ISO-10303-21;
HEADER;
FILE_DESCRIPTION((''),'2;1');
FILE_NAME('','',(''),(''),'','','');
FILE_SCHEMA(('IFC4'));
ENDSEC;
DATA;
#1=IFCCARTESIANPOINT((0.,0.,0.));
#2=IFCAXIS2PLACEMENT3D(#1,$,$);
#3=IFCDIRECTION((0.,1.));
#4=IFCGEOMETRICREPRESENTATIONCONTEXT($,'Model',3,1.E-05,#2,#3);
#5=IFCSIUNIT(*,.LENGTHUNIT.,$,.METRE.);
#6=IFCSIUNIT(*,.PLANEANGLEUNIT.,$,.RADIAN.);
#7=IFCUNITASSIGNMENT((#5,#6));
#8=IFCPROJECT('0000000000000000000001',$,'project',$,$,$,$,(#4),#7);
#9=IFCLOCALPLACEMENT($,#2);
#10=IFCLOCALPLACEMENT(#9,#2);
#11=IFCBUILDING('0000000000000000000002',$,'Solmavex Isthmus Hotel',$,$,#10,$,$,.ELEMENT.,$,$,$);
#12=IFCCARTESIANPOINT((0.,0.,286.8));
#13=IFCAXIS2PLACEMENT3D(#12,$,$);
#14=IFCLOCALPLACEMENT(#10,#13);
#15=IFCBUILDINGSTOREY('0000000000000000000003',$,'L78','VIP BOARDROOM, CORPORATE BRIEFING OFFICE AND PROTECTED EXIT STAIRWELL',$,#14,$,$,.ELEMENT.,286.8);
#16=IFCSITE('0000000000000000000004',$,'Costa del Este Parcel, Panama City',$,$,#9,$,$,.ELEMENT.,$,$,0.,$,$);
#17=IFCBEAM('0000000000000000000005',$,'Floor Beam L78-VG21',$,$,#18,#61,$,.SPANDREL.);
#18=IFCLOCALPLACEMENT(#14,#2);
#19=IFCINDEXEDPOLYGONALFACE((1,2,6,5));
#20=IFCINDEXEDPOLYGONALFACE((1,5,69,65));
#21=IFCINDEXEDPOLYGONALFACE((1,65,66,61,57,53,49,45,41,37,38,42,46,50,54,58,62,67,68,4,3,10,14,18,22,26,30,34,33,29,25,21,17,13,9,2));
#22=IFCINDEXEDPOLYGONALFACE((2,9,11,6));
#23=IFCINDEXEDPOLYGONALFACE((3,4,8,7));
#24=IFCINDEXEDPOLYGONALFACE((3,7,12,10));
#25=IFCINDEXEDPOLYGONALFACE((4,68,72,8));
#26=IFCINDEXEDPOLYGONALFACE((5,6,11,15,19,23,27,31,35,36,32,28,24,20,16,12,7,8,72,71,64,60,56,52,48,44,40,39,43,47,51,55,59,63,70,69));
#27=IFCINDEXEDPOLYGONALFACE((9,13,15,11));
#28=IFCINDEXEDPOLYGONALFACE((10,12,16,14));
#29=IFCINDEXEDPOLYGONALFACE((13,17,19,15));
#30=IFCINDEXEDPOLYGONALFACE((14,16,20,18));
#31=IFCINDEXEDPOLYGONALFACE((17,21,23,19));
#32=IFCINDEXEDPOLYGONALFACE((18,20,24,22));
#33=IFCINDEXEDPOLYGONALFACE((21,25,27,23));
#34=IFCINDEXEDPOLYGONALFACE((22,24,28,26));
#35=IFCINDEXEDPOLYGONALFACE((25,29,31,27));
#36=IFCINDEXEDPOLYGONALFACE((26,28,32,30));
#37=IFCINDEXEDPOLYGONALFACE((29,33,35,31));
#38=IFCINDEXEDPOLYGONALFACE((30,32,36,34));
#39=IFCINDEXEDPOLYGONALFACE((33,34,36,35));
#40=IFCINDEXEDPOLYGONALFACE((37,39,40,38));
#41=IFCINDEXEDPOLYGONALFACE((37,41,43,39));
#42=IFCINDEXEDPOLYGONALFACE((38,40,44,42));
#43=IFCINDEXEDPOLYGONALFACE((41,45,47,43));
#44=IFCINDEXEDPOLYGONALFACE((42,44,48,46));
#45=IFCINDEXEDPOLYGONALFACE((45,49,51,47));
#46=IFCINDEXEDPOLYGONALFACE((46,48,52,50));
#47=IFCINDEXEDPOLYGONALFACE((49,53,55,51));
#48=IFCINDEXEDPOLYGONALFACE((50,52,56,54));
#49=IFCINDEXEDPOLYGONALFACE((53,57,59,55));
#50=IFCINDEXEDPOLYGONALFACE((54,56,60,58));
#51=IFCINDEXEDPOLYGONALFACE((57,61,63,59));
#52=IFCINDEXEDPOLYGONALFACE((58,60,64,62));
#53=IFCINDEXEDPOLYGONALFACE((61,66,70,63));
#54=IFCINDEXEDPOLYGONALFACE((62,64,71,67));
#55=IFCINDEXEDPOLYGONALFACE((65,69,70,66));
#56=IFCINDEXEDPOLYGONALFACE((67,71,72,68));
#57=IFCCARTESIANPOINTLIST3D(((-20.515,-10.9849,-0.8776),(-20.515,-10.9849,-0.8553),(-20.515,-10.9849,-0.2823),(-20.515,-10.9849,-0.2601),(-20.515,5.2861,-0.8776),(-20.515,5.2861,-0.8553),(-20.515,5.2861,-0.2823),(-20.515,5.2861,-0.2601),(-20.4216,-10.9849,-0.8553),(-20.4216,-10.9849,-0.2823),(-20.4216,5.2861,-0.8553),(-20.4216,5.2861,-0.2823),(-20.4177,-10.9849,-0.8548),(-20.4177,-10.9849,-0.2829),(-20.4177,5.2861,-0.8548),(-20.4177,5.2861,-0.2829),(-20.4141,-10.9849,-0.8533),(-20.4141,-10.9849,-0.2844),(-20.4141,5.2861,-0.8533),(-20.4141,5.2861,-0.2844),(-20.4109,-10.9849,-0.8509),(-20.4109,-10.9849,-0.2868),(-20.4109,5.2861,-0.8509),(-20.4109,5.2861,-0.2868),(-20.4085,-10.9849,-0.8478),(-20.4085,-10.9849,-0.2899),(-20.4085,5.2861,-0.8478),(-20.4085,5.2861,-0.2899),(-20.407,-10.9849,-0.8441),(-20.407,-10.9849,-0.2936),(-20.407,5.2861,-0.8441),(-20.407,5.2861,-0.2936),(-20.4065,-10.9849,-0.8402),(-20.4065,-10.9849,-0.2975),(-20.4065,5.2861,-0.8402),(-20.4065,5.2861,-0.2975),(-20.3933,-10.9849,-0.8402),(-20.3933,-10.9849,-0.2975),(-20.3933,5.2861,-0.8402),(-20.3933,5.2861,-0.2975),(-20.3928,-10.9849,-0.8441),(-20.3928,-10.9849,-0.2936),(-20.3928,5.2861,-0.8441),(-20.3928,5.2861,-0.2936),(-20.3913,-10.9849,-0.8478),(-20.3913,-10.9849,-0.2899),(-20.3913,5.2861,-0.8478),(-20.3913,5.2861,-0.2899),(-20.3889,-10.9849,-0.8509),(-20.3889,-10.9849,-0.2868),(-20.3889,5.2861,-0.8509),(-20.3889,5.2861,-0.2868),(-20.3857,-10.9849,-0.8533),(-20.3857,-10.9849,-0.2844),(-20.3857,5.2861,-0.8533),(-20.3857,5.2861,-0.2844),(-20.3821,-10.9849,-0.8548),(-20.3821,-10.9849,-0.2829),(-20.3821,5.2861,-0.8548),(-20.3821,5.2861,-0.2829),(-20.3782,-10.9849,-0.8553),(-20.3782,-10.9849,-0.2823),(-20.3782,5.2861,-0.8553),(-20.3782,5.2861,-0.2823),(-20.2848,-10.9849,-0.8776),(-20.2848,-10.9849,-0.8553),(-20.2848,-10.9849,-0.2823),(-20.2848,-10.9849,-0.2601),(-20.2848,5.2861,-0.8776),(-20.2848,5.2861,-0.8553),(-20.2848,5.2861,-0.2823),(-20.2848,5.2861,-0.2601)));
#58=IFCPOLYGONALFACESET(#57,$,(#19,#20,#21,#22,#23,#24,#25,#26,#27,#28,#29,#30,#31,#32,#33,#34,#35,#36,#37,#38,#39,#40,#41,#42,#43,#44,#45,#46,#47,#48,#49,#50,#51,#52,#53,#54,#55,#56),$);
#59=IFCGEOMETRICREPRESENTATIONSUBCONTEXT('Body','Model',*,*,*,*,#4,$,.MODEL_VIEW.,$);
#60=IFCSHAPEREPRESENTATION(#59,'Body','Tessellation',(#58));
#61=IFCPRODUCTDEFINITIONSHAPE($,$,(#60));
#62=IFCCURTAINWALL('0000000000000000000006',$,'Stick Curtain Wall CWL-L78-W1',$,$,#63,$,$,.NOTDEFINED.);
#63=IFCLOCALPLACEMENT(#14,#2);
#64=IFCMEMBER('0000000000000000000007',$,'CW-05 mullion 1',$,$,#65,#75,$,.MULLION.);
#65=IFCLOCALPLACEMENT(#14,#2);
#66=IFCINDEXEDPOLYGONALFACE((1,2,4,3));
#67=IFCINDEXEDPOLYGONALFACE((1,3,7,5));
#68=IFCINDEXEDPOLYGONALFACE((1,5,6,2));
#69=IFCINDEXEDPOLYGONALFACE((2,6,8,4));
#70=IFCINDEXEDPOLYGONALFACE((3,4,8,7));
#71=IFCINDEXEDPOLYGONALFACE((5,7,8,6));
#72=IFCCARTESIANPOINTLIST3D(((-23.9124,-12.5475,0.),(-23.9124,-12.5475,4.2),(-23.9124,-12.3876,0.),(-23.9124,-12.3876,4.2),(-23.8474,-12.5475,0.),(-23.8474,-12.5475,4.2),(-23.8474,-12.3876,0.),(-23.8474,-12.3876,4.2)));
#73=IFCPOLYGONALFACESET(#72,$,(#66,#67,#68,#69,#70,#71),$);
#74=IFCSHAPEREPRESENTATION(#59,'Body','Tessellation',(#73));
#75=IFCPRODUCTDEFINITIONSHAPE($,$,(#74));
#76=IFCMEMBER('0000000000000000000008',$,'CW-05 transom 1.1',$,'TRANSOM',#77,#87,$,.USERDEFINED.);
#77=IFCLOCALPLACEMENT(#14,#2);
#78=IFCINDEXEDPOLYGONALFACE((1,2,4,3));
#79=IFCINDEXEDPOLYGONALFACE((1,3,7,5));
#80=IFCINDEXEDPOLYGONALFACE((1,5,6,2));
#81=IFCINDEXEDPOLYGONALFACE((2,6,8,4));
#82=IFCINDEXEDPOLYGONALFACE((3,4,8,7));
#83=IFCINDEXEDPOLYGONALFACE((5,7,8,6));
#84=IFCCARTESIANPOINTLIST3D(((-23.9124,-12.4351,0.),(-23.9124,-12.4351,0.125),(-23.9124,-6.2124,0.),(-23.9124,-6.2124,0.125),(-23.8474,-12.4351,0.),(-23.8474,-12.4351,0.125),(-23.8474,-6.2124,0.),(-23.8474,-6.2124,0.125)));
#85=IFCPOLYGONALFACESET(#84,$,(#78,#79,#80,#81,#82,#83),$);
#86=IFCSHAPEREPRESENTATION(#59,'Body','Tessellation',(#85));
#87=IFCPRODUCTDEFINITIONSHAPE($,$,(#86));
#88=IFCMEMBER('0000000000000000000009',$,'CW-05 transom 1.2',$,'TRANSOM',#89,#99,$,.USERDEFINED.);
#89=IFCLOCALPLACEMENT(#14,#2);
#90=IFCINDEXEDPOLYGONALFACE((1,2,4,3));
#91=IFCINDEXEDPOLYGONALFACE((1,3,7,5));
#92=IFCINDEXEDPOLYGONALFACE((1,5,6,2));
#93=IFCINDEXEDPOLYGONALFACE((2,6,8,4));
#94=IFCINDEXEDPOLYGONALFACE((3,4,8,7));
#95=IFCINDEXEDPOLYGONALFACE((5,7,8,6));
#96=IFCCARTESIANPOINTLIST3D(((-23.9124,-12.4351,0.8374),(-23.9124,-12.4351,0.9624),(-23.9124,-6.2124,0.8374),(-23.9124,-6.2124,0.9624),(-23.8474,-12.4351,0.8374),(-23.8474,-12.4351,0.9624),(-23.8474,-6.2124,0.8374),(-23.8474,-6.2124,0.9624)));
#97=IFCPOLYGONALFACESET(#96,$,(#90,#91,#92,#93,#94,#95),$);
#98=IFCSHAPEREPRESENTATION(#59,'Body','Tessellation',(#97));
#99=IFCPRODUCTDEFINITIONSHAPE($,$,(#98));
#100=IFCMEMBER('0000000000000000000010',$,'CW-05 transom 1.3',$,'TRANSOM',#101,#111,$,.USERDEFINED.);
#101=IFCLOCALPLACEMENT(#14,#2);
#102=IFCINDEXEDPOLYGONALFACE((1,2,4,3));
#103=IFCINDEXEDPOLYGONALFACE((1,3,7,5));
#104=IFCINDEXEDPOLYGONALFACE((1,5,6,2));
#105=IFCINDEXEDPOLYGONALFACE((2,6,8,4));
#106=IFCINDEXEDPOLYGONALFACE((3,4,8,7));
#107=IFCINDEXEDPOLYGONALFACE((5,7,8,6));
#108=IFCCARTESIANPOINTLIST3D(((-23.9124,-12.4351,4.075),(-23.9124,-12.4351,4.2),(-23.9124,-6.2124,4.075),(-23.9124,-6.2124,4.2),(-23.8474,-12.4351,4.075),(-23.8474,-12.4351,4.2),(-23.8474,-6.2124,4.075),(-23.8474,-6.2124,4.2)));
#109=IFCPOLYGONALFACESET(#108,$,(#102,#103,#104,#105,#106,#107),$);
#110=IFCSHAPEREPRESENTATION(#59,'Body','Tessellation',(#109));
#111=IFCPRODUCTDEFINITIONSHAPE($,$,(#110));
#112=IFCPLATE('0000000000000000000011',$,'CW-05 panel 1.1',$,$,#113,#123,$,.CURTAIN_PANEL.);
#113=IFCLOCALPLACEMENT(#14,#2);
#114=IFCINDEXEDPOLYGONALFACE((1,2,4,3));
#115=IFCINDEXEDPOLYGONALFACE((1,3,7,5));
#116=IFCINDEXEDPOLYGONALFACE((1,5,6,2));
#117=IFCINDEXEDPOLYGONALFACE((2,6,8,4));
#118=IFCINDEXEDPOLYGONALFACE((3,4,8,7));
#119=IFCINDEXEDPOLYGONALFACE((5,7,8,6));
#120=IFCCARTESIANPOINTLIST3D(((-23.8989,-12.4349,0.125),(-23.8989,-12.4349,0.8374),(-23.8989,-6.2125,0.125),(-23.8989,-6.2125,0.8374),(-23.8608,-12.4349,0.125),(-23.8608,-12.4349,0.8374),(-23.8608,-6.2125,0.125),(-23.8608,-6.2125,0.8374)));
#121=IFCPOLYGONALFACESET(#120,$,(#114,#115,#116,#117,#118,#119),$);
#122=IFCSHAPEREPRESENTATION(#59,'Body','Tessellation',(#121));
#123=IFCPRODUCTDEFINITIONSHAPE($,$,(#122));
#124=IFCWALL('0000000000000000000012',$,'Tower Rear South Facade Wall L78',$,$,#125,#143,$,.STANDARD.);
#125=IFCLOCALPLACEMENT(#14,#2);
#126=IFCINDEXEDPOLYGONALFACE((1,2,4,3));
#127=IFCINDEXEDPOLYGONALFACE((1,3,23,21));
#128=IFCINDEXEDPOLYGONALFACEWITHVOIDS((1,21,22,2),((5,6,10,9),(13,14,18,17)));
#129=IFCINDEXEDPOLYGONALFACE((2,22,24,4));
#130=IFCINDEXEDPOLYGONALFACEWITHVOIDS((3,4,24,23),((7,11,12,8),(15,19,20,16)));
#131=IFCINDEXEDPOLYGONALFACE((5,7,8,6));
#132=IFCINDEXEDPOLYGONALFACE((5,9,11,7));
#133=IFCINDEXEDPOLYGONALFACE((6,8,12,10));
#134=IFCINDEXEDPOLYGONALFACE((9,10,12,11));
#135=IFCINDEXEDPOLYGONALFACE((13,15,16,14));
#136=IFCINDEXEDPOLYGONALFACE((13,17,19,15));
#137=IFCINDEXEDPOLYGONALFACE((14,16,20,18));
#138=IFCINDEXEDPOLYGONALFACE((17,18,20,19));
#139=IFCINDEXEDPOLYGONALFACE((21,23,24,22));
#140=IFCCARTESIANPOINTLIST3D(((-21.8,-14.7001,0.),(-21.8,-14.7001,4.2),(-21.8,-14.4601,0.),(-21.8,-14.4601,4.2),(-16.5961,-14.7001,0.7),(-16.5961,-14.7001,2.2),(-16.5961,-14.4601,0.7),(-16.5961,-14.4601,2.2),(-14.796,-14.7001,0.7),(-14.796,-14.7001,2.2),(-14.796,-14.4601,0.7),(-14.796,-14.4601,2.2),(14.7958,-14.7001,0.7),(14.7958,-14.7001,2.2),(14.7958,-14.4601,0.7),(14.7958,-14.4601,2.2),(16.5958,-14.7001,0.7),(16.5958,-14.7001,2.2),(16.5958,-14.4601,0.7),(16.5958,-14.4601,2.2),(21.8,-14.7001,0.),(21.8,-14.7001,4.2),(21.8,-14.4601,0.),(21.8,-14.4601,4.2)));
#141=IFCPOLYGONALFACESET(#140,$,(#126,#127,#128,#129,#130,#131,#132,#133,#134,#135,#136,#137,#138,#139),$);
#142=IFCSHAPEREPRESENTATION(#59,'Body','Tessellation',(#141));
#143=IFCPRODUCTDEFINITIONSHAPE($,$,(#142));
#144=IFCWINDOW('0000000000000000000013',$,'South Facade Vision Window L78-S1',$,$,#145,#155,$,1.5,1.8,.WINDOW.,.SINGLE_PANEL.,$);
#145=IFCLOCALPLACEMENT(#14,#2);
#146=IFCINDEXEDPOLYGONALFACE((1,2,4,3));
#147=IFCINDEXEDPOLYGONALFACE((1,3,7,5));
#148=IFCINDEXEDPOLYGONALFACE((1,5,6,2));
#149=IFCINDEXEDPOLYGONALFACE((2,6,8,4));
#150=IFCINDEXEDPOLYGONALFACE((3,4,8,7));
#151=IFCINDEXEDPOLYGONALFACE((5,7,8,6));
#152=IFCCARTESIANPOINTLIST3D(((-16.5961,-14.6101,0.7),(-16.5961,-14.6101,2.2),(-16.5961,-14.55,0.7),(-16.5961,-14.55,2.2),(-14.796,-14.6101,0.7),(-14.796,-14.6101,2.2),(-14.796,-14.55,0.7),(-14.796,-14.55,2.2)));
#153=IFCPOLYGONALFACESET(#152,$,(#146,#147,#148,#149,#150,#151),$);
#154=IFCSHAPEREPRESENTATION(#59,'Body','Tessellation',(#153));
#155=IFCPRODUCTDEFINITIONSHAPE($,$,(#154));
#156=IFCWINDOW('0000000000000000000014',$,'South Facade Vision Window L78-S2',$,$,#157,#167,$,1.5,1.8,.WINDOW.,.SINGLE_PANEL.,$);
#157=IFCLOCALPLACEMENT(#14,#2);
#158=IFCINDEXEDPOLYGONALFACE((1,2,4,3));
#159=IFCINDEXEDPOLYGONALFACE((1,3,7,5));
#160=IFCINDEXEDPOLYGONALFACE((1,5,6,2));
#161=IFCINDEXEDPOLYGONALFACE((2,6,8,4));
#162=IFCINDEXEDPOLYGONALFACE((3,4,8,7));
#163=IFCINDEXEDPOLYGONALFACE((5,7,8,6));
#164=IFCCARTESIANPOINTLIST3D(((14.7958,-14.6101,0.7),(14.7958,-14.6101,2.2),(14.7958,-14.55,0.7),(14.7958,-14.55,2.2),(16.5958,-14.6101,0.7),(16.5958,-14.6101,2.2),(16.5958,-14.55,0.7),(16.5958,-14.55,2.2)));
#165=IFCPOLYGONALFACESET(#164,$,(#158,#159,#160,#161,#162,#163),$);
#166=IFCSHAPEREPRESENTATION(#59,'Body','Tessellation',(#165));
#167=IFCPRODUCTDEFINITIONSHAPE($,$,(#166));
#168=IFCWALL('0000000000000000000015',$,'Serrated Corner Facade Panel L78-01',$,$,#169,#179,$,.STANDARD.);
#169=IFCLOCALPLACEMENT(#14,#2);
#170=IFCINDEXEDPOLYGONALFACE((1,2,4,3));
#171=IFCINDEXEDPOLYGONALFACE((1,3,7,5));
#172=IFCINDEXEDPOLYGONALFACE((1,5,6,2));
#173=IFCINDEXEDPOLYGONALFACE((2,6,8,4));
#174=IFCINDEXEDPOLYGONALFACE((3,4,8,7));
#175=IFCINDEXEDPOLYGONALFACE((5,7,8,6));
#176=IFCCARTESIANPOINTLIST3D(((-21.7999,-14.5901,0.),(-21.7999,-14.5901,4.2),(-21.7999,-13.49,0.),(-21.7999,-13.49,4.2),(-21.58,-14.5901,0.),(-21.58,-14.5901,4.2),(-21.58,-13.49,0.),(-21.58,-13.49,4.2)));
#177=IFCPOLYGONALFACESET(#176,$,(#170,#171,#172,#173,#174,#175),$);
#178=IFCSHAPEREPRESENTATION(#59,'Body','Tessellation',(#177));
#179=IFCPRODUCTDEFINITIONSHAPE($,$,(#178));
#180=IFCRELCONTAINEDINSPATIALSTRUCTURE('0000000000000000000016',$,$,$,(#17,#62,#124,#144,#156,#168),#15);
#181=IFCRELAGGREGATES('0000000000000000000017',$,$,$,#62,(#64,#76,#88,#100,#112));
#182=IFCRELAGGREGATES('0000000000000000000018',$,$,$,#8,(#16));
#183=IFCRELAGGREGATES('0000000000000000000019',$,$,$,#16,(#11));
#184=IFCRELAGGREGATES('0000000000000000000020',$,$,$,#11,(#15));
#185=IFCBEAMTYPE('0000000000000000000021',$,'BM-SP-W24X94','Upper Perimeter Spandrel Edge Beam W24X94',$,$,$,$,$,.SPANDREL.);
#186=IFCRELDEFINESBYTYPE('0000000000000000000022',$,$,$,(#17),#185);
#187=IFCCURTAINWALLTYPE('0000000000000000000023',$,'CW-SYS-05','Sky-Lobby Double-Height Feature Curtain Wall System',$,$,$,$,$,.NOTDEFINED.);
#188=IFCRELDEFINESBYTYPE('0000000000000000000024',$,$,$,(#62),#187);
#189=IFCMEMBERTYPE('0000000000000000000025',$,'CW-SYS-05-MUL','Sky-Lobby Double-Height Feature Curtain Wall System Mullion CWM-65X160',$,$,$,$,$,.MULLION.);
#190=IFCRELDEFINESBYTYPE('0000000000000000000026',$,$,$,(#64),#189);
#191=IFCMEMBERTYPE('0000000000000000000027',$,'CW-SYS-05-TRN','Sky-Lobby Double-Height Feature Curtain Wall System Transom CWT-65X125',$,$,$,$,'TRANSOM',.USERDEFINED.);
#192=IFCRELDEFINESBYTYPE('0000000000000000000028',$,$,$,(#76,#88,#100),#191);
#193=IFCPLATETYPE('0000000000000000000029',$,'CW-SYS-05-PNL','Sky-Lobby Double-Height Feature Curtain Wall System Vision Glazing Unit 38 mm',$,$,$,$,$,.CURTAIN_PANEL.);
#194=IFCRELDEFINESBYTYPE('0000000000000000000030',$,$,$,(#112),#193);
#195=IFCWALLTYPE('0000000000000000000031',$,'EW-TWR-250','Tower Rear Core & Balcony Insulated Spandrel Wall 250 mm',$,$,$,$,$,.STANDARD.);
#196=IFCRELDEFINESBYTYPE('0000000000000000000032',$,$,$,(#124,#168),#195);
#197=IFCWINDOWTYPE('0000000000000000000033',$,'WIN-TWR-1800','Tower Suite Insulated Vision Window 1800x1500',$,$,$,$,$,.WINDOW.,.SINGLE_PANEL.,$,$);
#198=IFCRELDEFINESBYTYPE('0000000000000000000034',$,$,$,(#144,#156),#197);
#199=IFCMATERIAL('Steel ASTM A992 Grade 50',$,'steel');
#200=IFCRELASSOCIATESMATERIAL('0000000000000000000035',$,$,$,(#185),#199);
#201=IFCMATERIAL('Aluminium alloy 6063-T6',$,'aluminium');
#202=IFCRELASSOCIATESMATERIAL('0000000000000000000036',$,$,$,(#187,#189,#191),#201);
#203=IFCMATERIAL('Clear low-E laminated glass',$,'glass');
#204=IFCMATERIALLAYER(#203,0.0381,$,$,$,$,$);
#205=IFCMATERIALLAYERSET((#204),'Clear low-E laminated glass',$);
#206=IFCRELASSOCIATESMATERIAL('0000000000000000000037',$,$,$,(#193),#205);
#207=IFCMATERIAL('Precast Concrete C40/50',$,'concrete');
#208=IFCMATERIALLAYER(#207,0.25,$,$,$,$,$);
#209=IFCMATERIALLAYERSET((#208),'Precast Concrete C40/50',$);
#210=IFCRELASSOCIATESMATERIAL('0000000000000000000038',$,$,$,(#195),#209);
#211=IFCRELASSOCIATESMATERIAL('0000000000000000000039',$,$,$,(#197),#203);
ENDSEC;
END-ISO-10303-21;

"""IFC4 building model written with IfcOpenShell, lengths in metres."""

from ifc_helpers import new_model, si_unit, direction, frame, frame_2d, origin, origin_2d, place, context, subcontext, project, spatial, rectangle, i_section, extrude, material, layer, layer_set, material_profile, profile_set, type_object, element, fill, aggregate, save


model = new_model("IFC4")

# Units and contexts
model_context = context("Model", 3, precision=1e-05, world=origin(), true_north=direction((0.0, 1.0)))
body_context = subcontext(model_context, "Body", "Model", "MODEL_VIEW")
ifc_project = project(units=[si_unit("LENGTHUNIT", "METRE"), si_unit("PLANEANGLEUNIT", "RADIAN")], contexts=[model_context])

# Site, building, storey
site_placement = place(None, origin())
site = spatial("IfcSite", under=ifc_project, at=site_placement, Name="Costa del Este Parcel, Panama City", CompositionType="ELEMENT", RefElevation=0.0)
building_placement = place(site_placement, origin())
building = spatial("IfcBuilding", under=site, at=building_placement, Name="Solmavex Isthmus Hotel", CompositionType="ELEMENT")
storey_placement = place(building_placement, frame((0.0, 0.0, 286.8)))
storey = spatial("IfcBuildingStorey", under=building, at=storey_placement, Name="L78", Description="VIP BOARDROOM, CORPORATE BRIEFING OFFICE AND PROTECTED EXIT STAIRWELL", CompositionType="ELEMENT", Elevation=286.8)

# Beam
ifc_material_1 = material(Name="Steel ASTM A992 Grade 50", Category="steel")
ifc_material_profile_1 = material_profile(ifc_material_1, i_section(OverallWidth=0.2302, OverallDepth=0.6174, WebThickness=0.0132, FlangeThickness=0.0222, FilletRadius=0.0151, at=origin_2d()), Name="W24X94")
ifc_profile_set_1 = profile_set([ifc_material_profile_1], Name="Steel ASTM A992 Grade 50")
beam_type_1 = type_object("IfcBeamType", Name="BM-SP-W24X94", Description="Upper Perimeter Spandrel Edge Beam W24X94", PredefinedType="SPANDREL", material=ifc_profile_set_1)
beam_1_placement = place(storey_placement, frame((-20.3999, -10.9849, -0.5688), z_axis=(0.0, 1.0, 0.0), x_axis=(-1.0, 0.0, 0.0)))
element("IfcBeam", 1, at=beam_1_placement, inside=storey, type_object=beam_type_1, Name="Floor Beam L78-VG21", PredefinedType="SPANDREL", context=body_context, shape_type="SweptSolid", body=[
    extrude(i_section(OverallWidth=0.2302, OverallDepth=0.6174, WebThickness=0.0132, FlangeThickness=0.0222, FilletRadius=0.0151, at=origin_2d()), origin(), (0.0, 0.0, 1.0), 16.271),
])

# Curtain wall, members, plate
ifc_material_2 = material(Name="Aluminium alloy 6063-T6", Category="aluminium")
curtain_wall_type = type_object("IfcCurtainWallType", Name="CW-SYS-05", Description="Sky-Lobby Double-Height Feature Curtain Wall System", PredefinedType="NOTDEFINED", material=ifc_material_2)
curtain_wall_placement = place(storey_placement, origin())
curtain_wall = element("IfcCurtainWall", 2, at=curtain_wall_placement, inside=storey, type_object=curtain_wall_type, Name="Stick Curtain Wall CWL-L78-W1", PredefinedType="NOTDEFINED")
ifc_material_profile_2 = material_profile(ifc_material_2, rectangle(XDim=0.0649, YDim=0.1599, at=origin_2d()), Name="CWM-65X160")
ifc_profile_set_2 = profile_set([ifc_material_profile_2], Name="Aluminium alloy 6063-T6")
member_type_1 = type_object("IfcMemberType", Name="CW-SYS-05-MUL", Description="Sky-Lobby Double-Height Feature Curtain Wall System Mullion CWM-65X160", PredefinedType="MULLION", material=ifc_profile_set_2)
member_1_placement = place(storey_placement, frame((-23.8799, -12.4675, 0.0), z_axis=(0.0, 0.0, 1.0), x_axis=(-1.0, 0.0, 0.0)))
member_1 = element("IfcMember", 3, at=member_1_placement, type_object=member_type_1, Name="CW-05 mullion 1", PredefinedType="MULLION", context=body_context, shape_type="SweptSolid", body=[
    extrude(rectangle(XDim=0.0649, YDim=0.1599, at=origin_2d()), origin(), (0.0, 0.0, 1.0), 4.2),
])
ifc_material_profile_3 = material_profile(ifc_material_2, rectangle(XDim=0.0649, YDim=0.125, at=origin_2d()), Name="CWT-65X125")
ifc_profile_set_3 = profile_set([ifc_material_profile_3], Name="Aluminium alloy 6063-T6")
member_type_2 = type_object("IfcMemberType", Name="CW-SYS-05-TRN", Description="Sky-Lobby Double-Height Feature Curtain Wall System Transom CWT-65X125", ElementType="TRANSOM", PredefinedType="USERDEFINED", material=ifc_profile_set_3)
member_2_placement = place(storey_placement, frame((-23.8799, -12.4351, 0.0625), z_axis=(0.0, 1.0, 0.0), x_axis=(-1.0, 0.0, 0.0)))
member_2 = element("IfcMember", 4, at=member_2_placement, type_object=member_type_2, Name="CW-05 transom 1.1", ObjectType="TRANSOM", PredefinedType="USERDEFINED", context=body_context, shape_type="SweptSolid", body=[
    extrude(rectangle(XDim=0.0649, YDim=0.125, at=origin_2d()), origin(), (0.0, 0.0, 1.0), 6.2227),
])
member_3_placement = place(storey_placement, frame((-23.8799, -12.4351, 0.8999), z_axis=(0.0, 1.0, 0.0), x_axis=(-1.0, 0.0, 0.0)))
member_3 = element("IfcMember", 5, at=member_3_placement, type_object=member_type_2, Name="CW-05 transom 1.2", ObjectType="TRANSOM", PredefinedType="USERDEFINED", context=body_context, shape_type="SweptSolid", body=[
    extrude(rectangle(XDim=0.0649, YDim=0.125, at=origin_2d()), origin(), (0.0, 0.0, 1.0), 6.2227),
])
member_4_placement = place(storey_placement, frame((-23.8799, -12.4351, 4.1375), z_axis=(0.0, 1.0, 0.0), x_axis=(-1.0, 0.0, 0.0)))
member_4 = element("IfcMember", 6, at=member_4_placement, type_object=member_type_2, Name="CW-05 transom 1.3", ObjectType="TRANSOM", PredefinedType="USERDEFINED", context=body_context, shape_type="SweptSolid", body=[
    extrude(rectangle(XDim=0.0649, YDim=0.125, at=origin_2d()), origin(), (0.0, 0.0, 1.0), 6.2227),
])
ifc_material_3 = material(Name="Clear low-E laminated glass", Category="glass")
ifc_layer_1 = layer(ifc_material_3, 0.0381)
ifc_layer_set_1 = layer_set([ifc_layer_1], Name="Clear low-E laminated glass")
plate_type = type_object("IfcPlateType", Name="CW-SYS-05-PNL", Description="Sky-Lobby Double-Height Feature Curtain Wall System Vision Glazing Unit 38 mm", PredefinedType="CURTAIN_PANEL", material=ifc_layer_set_1)
plate_placement = place(storey_placement, frame((-23.8799, -9.3237, 0.125), z_axis=(0.0, 0.0, 1.0), x_axis=(0.0, 1.0, 0.0)))
plate = element("IfcPlate", 7, at=plate_placement, type_object=plate_type, Name="CW-05 panel 1.1", PredefinedType="CURTAIN_PANEL", context=body_context, shape_type="SweptSolid", body=[
    extrude(rectangle(XDim=6.2224, YDim=0.0381, at=origin_2d()), origin(), (0.0, 0.0, 1.0), 0.7124),
])
aggregate(curtain_wall, [member_1, member_2, member_3, member_4, plate])

# Wall, openings, windows
ifc_material_4 = material(Name="Precast Concrete C40/50", Category="concrete")
ifc_layer_2 = layer(ifc_material_4, 0.25)
ifc_layer_set_2 = layer_set([ifc_layer_2], Name="Precast Concrete C40/50")
wall_type_1 = type_object("IfcWallType", Name="EW-TWR-250", Description="Tower Rear Core & Balcony Insulated Spandrel Wall 250 mm", PredefinedType="STANDARD", material=ifc_layer_set_2)
wall_1_placement = place(storey_placement, frame((-21.8, -14.5801, 0.0), z_axis=(0.0, 0.0, 1.0), x_axis=(1.0, 0.0, 0.0)))
wall_1 = element("IfcWall", 8, at=wall_1_placement, inside=storey, type_object=wall_type_1, Name="Tower Rear South Facade Wall L78", PredefinedType="STANDARD", context=body_context, shape_type="SweptSolid", body=[
    extrude(rectangle(XDim=43.6001, YDim=0.24, at=frame_2d((21.8, 0.0))), origin(), (0.0, 0.0, 1.0), 4.2),
])
opening_1_placement = place(wall_1_placement, frame((5.2041, 0.0, 0.7)))
opening_1 = element("IfcOpeningElement", 9, at=opening_1_placement, cuts=wall_1, PredefinedType="OPENING", context=body_context, shape_type="SweptSolid", body=[
    extrude(rectangle(XDim=1.8, YDim=1.5, at=frame_2d((0.8999, 0.75))), frame((0.0, 0.1299, 0.0), z_axis=(0.0, -1.0, 0.0), x_axis=(1.0, 0.0, 0.0)), (0.0, 0.0, 1.0), 0.26),
])
opening_2_placement = place(wall_1_placement, frame((36.5959, 0.0, 0.7)))
opening_2 = element("IfcOpeningElement", 10, at=opening_2_placement, cuts=wall_1, PredefinedType="OPENING", context=body_context, shape_type="SweptSolid", body=[
    extrude(rectangle(XDim=1.8, YDim=1.5, at=frame_2d((0.8999, 0.75))), frame((0.0, 0.1299, 0.0), z_axis=(0.0, -1.0, 0.0), x_axis=(1.0, 0.0, 0.0)), (0.0, 0.0, 1.0), 0.26),
])
window_type = type_object("IfcWindowType", Name="WIN-TWR-1800", Description="Tower Suite Insulated Vision Window 1800x1500", PartitioningType="SINGLE_PANEL", PredefinedType="WINDOW", material=ifc_material_3)
window_1_placement = place(opening_1_placement, origin())
window_1 = element("IfcWindow", 11, at=window_1_placement, inside=storey, type_object=window_type, Name="South Facade Vision Window L78-S1", OverallHeight=1.5, OverallWidth=1.8, PartitioningType="SINGLE_PANEL", PredefinedType="WINDOW", context=body_context, shape_type="SweptSolid", body=[
    extrude(rectangle(XDim=1.8, YDim=1.5, at=frame_2d((0.8999, 0.75))), frame((0.0, 0.03, 0.0), z_axis=(0.0, -1.0, 0.0), x_axis=(1.0, 0.0, 0.0)), (0.0, 0.0, 1.0), 0.0601),
])
fill(opening_1, window_1)
window_2_placement = place(opening_2_placement, origin())
window_2 = element("IfcWindow", 12, at=window_2_placement, inside=storey, type_object=window_type, Name="South Facade Vision Window L78-S2", OverallHeight=1.5, OverallWidth=1.8, PartitioningType="SINGLE_PANEL", PredefinedType="WINDOW", context=body_context, shape_type="SweptSolid", body=[
    extrude(rectangle(XDim=1.8, YDim=1.5, at=frame_2d((0.8999, 0.75))), frame((0.0, 0.03, 0.0), z_axis=(0.0, -1.0, 0.0), x_axis=(1.0, 0.0, 0.0)), (0.0, 0.0, 1.0), 0.0601),
])
fill(opening_2, window_2)

# Wall
for number, where, z_axis, x_axis, name in (
    (13, (-21.6899, -14.5901, 0.0), (0.0, 0.0, 1.0), (0.0, 1.0, 0.0), "Serrated Corner Facade Panel L78-01"),
):
    element("IfcWall", number, at=place(storey_placement, frame(where, z_axis=z_axis, x_axis=x_axis)), inside=storey, type_object=wall_type_1, Name=name, PredefinedType="STANDARD", context=body_context, shape_type="SweptSolid", body=[
        extrude(rectangle(XDim=1.1001, YDim=0.22, at=frame_2d((0.55, 0.0))), origin(), (0.0, 0.0, 1.0), 4.2),
    ])

save(model, "model.ifc")
